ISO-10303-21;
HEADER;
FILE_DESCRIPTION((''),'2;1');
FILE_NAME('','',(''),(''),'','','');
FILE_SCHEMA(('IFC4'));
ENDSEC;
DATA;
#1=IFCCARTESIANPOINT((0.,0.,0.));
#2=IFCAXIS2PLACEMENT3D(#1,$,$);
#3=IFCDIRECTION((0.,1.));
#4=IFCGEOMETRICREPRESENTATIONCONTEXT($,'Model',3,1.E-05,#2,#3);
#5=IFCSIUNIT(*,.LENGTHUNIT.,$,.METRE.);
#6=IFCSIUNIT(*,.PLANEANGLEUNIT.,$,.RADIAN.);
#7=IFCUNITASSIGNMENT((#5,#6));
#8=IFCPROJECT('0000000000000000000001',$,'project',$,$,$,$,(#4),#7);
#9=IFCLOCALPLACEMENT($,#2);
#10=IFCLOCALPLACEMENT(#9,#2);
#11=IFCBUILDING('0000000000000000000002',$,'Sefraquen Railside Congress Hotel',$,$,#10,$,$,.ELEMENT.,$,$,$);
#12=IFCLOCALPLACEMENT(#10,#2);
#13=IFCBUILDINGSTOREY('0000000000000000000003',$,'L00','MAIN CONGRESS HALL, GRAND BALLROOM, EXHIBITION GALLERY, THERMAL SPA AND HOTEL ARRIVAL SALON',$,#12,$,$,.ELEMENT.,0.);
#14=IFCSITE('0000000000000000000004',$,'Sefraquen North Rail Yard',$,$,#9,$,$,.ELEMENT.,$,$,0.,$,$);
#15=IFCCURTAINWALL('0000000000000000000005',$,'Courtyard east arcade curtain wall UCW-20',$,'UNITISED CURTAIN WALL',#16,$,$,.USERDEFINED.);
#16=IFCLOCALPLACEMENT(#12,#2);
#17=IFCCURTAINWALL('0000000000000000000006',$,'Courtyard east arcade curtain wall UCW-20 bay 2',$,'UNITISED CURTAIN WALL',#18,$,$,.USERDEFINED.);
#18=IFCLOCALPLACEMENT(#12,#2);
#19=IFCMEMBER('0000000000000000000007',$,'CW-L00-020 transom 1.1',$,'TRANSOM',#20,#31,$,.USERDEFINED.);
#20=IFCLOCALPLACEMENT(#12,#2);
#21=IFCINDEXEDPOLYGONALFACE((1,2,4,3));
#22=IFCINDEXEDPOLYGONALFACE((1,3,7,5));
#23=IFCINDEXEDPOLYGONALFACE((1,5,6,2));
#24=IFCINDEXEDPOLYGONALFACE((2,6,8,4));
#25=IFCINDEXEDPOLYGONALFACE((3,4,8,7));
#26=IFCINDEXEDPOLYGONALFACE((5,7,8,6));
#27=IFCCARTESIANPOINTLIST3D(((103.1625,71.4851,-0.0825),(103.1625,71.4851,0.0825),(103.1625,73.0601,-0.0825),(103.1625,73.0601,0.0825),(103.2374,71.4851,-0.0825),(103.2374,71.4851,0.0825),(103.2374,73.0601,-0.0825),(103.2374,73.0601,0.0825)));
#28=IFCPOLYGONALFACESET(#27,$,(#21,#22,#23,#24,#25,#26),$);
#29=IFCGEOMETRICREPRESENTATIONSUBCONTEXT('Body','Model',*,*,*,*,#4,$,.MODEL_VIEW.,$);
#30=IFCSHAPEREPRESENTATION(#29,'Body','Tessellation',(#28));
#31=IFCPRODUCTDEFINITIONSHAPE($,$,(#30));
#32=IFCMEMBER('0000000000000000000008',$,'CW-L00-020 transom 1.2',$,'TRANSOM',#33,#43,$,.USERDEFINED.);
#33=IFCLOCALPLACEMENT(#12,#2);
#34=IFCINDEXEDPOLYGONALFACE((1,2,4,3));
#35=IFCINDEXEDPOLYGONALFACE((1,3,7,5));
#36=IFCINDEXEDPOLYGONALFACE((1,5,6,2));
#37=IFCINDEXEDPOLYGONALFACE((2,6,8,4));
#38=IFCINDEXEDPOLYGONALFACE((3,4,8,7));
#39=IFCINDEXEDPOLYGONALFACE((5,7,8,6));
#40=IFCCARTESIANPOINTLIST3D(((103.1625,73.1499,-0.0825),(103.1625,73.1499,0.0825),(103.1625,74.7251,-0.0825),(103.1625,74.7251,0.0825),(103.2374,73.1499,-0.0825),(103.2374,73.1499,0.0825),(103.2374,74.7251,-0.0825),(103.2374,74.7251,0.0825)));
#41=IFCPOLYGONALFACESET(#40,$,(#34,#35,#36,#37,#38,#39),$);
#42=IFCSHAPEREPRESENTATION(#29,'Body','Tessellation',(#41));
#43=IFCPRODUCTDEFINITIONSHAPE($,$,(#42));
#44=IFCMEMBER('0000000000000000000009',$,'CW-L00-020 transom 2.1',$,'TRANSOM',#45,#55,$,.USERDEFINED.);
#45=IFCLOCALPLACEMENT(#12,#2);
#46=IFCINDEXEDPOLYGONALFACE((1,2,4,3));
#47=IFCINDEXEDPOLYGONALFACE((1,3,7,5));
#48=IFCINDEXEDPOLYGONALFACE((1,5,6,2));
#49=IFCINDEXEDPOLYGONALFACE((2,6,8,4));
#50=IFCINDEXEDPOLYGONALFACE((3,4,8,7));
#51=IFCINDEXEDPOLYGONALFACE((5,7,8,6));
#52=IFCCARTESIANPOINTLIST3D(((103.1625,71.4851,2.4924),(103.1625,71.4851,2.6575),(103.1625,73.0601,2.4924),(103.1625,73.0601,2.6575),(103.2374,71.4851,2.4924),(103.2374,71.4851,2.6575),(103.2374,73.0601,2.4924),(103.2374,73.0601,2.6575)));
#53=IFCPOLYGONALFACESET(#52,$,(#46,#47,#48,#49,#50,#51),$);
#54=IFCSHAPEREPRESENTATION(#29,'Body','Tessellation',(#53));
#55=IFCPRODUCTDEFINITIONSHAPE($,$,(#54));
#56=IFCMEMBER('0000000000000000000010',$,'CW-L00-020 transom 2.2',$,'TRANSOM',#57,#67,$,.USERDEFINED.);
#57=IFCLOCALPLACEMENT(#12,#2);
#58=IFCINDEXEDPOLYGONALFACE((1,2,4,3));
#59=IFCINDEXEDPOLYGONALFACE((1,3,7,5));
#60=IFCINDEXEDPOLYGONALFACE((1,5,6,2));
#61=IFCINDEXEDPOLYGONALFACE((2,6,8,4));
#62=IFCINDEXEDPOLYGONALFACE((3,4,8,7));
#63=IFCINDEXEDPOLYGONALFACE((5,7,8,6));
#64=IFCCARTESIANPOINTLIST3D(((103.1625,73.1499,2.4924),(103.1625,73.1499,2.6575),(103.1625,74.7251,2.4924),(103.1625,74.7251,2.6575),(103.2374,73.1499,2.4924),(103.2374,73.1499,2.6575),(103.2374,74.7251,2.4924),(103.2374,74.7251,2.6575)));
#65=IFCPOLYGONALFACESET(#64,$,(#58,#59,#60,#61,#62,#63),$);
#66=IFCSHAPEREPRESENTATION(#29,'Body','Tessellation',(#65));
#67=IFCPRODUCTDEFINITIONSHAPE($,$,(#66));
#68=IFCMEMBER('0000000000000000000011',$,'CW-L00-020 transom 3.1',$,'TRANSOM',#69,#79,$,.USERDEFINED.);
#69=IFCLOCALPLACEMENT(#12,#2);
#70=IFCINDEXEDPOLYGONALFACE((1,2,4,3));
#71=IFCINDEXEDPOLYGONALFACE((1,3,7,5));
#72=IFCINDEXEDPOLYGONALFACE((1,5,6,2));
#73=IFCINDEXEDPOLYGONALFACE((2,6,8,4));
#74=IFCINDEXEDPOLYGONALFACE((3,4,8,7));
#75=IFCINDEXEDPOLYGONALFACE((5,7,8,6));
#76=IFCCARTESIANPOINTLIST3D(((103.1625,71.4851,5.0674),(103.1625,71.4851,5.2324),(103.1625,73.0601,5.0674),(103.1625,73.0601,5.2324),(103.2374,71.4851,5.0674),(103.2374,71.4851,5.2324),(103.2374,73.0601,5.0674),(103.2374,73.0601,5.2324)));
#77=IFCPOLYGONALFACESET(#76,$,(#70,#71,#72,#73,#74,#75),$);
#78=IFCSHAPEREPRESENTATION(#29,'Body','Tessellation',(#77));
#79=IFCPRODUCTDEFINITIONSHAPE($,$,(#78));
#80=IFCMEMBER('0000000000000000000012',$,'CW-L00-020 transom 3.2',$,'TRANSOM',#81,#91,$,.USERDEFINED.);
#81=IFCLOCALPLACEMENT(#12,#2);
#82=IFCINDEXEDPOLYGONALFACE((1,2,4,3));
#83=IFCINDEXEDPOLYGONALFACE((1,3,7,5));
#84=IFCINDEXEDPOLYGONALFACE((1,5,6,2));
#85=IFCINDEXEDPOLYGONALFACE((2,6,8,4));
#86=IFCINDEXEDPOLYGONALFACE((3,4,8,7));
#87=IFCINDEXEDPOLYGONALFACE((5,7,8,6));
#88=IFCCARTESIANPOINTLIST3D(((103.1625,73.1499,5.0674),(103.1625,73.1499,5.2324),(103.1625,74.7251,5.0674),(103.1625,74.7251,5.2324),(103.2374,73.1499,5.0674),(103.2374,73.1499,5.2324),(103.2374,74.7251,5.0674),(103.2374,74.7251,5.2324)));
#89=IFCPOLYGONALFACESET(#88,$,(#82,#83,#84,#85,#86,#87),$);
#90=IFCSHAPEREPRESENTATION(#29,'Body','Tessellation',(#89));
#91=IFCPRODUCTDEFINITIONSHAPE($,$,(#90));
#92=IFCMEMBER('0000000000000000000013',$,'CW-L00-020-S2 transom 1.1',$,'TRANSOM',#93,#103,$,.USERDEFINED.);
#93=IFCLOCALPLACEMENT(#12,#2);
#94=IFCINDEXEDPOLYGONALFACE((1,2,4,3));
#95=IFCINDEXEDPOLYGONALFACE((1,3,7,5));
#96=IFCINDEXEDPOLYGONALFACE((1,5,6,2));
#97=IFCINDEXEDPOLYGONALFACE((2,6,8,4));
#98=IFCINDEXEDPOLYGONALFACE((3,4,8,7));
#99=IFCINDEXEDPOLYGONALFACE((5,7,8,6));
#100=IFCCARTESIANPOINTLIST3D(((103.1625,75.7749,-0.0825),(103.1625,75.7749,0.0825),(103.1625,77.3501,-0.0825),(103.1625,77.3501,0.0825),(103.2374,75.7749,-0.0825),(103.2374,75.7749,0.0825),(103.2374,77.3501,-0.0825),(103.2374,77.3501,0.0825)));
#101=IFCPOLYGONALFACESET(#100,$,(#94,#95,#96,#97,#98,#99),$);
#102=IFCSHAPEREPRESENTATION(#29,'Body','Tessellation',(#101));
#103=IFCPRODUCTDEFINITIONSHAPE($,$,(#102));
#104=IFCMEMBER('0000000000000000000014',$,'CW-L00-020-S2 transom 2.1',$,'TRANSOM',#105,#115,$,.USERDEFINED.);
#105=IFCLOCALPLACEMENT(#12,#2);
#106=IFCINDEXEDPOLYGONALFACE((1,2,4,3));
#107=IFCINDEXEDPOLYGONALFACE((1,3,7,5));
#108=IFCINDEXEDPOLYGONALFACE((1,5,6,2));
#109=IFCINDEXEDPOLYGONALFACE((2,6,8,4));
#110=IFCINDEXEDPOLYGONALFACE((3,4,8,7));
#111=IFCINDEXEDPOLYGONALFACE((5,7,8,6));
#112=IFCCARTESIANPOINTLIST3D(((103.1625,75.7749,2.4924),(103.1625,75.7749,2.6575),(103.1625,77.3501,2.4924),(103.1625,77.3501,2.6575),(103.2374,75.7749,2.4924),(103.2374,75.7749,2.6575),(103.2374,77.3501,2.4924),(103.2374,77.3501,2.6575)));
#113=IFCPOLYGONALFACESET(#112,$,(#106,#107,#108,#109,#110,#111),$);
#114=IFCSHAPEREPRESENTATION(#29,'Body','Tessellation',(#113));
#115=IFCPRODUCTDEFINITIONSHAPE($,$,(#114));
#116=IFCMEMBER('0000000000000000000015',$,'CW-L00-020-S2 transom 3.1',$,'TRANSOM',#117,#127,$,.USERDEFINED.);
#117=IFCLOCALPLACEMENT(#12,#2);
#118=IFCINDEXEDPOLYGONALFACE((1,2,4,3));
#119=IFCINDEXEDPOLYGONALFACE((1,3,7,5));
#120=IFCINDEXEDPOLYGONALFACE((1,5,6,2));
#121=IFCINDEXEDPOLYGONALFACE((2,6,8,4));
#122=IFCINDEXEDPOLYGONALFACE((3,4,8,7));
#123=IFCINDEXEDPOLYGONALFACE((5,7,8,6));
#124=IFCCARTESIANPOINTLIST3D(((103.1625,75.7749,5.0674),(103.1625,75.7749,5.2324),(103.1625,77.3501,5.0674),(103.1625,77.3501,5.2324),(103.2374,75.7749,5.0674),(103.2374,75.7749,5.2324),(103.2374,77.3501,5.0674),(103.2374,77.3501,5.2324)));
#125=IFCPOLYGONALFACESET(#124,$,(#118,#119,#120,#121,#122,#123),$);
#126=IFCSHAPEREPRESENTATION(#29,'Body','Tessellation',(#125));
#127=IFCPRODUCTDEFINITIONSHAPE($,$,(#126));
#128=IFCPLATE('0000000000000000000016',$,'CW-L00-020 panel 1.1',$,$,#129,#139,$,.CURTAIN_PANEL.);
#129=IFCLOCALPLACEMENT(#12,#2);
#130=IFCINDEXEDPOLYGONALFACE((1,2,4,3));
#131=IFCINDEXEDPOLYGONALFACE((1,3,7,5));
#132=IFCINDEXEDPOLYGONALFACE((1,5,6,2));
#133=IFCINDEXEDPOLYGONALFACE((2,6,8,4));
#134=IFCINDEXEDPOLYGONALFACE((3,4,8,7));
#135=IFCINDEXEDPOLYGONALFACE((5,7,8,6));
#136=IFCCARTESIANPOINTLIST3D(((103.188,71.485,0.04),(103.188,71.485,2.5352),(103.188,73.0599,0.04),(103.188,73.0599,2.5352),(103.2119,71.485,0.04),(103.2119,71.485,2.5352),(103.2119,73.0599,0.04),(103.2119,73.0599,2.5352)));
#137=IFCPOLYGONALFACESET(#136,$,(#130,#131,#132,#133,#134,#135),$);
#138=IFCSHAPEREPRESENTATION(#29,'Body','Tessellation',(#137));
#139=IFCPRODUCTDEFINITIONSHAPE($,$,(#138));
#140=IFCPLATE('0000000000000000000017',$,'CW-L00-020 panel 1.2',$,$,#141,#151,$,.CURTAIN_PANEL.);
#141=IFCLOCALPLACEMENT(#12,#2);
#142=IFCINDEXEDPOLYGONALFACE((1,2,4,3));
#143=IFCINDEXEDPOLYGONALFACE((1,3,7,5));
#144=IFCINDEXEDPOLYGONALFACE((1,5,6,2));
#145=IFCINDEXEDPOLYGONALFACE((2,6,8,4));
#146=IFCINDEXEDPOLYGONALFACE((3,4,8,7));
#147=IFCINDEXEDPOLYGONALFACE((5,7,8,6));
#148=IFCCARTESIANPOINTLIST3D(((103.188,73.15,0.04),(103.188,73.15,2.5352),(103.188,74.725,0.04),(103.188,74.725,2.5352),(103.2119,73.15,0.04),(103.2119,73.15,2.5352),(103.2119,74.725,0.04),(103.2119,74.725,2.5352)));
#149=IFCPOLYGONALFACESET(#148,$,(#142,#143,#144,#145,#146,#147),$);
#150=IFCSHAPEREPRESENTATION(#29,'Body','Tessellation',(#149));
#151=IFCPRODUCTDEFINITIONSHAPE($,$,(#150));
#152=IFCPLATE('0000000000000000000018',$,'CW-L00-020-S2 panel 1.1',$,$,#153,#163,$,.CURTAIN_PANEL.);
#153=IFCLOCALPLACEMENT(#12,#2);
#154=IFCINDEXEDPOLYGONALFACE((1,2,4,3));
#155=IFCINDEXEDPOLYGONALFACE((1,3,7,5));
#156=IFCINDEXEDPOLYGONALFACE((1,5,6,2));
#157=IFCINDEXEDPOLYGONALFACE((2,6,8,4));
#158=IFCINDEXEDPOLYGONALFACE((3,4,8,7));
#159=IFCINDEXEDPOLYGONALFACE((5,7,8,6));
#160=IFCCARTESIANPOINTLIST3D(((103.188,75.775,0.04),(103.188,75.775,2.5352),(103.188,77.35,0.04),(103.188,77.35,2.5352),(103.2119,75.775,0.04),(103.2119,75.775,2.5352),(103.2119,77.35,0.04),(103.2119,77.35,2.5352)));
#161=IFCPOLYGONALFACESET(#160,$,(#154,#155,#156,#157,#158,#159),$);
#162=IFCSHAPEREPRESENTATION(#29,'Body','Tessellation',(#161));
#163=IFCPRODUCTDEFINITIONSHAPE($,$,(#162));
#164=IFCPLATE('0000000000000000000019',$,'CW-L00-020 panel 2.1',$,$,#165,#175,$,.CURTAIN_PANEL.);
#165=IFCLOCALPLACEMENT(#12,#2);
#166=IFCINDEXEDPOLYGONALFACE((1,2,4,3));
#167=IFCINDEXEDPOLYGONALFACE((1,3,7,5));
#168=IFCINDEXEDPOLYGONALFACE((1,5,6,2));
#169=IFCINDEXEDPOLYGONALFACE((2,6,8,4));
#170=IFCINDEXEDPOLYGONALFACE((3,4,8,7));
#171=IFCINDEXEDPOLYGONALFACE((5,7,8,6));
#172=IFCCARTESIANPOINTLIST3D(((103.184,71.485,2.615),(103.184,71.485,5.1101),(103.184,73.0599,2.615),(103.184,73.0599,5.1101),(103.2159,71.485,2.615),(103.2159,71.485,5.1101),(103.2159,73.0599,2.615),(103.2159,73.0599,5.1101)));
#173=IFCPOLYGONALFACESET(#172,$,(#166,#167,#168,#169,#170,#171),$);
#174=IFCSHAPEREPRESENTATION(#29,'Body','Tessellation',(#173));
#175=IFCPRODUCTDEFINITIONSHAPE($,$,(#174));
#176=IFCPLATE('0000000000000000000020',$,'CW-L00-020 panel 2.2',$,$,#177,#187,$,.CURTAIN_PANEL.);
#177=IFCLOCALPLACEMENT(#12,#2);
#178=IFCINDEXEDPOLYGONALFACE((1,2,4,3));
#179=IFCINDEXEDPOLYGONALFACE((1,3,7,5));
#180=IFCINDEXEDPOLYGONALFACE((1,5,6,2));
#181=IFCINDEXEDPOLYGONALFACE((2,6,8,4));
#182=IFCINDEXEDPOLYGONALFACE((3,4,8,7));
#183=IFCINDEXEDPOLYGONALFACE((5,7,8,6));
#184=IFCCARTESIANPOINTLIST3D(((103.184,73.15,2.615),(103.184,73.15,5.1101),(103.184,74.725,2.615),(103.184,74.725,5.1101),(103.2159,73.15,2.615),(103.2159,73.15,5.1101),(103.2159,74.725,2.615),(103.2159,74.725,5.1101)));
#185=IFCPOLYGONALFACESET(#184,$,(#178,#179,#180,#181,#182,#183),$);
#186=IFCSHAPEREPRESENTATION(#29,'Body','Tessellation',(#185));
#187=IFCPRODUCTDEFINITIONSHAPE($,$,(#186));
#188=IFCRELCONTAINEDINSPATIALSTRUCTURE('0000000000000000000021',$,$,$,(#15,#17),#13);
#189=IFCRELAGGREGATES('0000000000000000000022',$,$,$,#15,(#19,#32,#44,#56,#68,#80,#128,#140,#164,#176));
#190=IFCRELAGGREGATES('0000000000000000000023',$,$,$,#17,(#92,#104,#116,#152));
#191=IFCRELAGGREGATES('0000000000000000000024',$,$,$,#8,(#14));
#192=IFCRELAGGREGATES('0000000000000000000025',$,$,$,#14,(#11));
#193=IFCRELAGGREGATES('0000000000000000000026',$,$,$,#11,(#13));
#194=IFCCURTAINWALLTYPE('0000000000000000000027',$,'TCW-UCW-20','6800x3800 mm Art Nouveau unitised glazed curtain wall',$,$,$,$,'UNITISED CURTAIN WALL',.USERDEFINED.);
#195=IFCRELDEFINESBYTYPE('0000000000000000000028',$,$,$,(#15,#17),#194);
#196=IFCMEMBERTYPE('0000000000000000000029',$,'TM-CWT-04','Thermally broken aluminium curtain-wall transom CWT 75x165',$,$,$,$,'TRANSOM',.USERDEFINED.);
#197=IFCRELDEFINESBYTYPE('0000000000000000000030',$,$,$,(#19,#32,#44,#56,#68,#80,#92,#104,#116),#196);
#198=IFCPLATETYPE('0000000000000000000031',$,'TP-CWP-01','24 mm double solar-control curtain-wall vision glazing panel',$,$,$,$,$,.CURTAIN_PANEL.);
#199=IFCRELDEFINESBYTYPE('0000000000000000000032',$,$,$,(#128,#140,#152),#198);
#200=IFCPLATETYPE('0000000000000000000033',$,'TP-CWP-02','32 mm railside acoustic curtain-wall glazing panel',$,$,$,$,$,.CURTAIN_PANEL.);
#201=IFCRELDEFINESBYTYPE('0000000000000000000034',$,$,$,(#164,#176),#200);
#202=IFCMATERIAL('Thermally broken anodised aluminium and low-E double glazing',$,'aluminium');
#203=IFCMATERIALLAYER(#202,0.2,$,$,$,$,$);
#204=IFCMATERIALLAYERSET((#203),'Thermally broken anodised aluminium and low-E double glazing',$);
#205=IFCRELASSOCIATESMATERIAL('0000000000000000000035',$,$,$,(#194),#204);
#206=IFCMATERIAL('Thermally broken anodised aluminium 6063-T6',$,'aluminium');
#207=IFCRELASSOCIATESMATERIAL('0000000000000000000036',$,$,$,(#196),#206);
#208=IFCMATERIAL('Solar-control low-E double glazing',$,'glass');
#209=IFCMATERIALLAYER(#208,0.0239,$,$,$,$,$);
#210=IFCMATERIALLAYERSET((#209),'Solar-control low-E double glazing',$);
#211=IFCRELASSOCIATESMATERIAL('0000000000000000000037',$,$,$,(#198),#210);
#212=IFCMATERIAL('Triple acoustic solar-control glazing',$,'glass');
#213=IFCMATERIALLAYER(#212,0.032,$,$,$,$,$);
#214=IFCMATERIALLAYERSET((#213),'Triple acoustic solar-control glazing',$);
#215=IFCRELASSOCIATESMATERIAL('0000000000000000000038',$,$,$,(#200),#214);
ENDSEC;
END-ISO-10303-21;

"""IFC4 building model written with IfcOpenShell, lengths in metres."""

from ifc_helpers import new_model, si_unit, direction, frame, origin, origin_2d, place, context, subcontext, project, spatial, rectangle, extrude, material, layer, layer_set, material_profile, profile_set, type_object, element, aggregate, save


model = new_model("IFC4")

# Units and contexts
model_context = context("Model", 3, precision=1e-05, world=origin(), true_north=direction((0.0, 1.0)))
body_context = subcontext(model_context, "Body", "Model", "MODEL_VIEW")
ifc_project = project(units=[si_unit("LENGTHUNIT", "METRE"), si_unit("PLANEANGLEUNIT", "RADIAN")], contexts=[model_context])

# Site, building, storey
site_placement = place(None, origin())
site = spatial("IfcSite", under=ifc_project, at=site_placement, Name="Sefraquen North Rail Yard", CompositionType="ELEMENT", RefElevation=0.0)
building_placement = place(site_placement, origin())
building = spatial("IfcBuilding", under=site, at=building_placement, Name="Sefraquen Railside Congress Hotel", CompositionType="ELEMENT")
storey_placement = place(building_placement, origin())
storey = spatial("IfcBuildingStorey", under=building, at=storey_placement, Name="L00", Description="MAIN CONGRESS HALL, GRAND BALLROOM, EXHIBITION GALLERY, THERMAL SPA AND HOTEL ARRIVAL SALON", CompositionType="ELEMENT", Elevation=0.0)

# Curtain wall
ifc_material_1 = material(Name="Thermally broken anodised aluminium and low-E double glazing", Category="aluminium")
ifc_layer_1 = layer(ifc_material_1, 0.2)
ifc_layer_set_1 = layer_set([ifc_layer_1], Name="Thermally broken anodised aluminium and low-E double glazing")
curtain_wall_type = type_object("IfcCurtainWallType", Name="TCW-UCW-20", Description="6800x3800 mm Art Nouveau unitised glazed curtain wall", ElementType="UNITISED CURTAIN WALL", PredefinedType="USERDEFINED", material=ifc_layer_set_1)
curtain_wall_1_placement = place(storey_placement, origin())
curtain_wall_1 = element("IfcCurtainWall", 1, at=curtain_wall_1_placement, inside=storey, type_object=curtain_wall_type, Name="Courtyard east arcade curtain wall UCW-20", ObjectType="UNITISED CURTAIN WALL", PredefinedType="USERDEFINED")
ifc_material_2 = material(Name="Thermally broken anodised aluminium 6063-T6", Category="aluminium")

# Curtain wall
curtain_wall_2_placement = place(storey_placement, origin())
curtain_wall_2 = element("IfcCurtainWall", 2, at=curtain_wall_2_placement, inside=storey, type_object=curtain_wall_type, Name="Courtyard east arcade curtain wall UCW-20 bay 2", ObjectType="UNITISED CURTAIN WALL", PredefinedType="USERDEFINED")

# Members
ifc_material_profile_1 = material_profile(ifc_material_2, rectangle(XDim=0.075, YDim=0.165, at=origin_2d()), Name="CWT 75x165")
ifc_profile_set_1 = profile_set([ifc_material_profile_1], Name="Thermally broken anodised aluminium 6063-T6")
member_type_1 = type_object("IfcMemberType", Name="TM-CWT-04", Description="Thermally broken aluminium curtain-wall transom CWT 75x165", ElementType="TRANSOM", PredefinedType="USERDEFINED", material=ifc_profile_set_1)
member_1_placement = place(storey_placement, frame((103.2, 71.4851, 0.0), z_axis=(0.0, 1.0, 0.0), x_axis=(-1.0, 0.0, 0.0)))
member_1 = element("IfcMember", 3, at=member_1_placement, type_object=member_type_1, Name="CW-L00-020 transom 1.1", ObjectType="TRANSOM", PredefinedType="USERDEFINED", context=body_context, shape_type="SweptSolid", body=[
    extrude(rectangle(XDim=0.075, YDim=0.165, at=origin_2d()), origin(), (0.0, 0.0, 1.0), 1.575),
])
member_2_placement = place(storey_placement, frame((103.2, 73.1499, 0.0), z_axis=(0.0, 1.0, 0.0), x_axis=(-1.0, 0.0, 0.0)))
member_2 = element("IfcMember", 4, at=member_2_placement, type_object=member_type_1, Name="CW-L00-020 transom 1.2", ObjectType="TRANSOM", PredefinedType="USERDEFINED", context=body_context, shape_type="SweptSolid", body=[
    extrude(rectangle(XDim=0.075, YDim=0.165, at=origin_2d()), origin(), (0.0, 0.0, 1.0), 1.5752),
])
member_3_placement = place(storey_placement, frame((103.2, 71.4851, 2.575), z_axis=(0.0, 1.0, 0.0), x_axis=(-1.0, 0.0, 0.0)))
member_3 = element("IfcMember", 5, at=member_3_placement, type_object=member_type_1, Name="CW-L00-020 transom 2.1", ObjectType="TRANSOM", PredefinedType="USERDEFINED", context=body_context, shape_type="SweptSolid", body=[
    extrude(rectangle(XDim=0.075, YDim=0.165, at=origin_2d()), origin(), (0.0, 0.0, 1.0), 1.575),
])
member_4_placement = place(storey_placement, frame((103.2, 73.1499, 2.575), z_axis=(0.0, 1.0, 0.0), x_axis=(-1.0, 0.0, 0.0)))
member_4 = element("IfcMember", 6, at=member_4_placement, type_object=member_type_1, Name="CW-L00-020 transom 2.2", ObjectType="TRANSOM", PredefinedType="USERDEFINED", context=body_context, shape_type="SweptSolid", body=[
    extrude(rectangle(XDim=0.075, YDim=0.165, at=origin_2d()), origin(), (0.0, 0.0, 1.0), 1.5752),
])
member_5_placement = place(storey_placement, frame((103.2, 71.4851, 5.1499), z_axis=(0.0, 1.0, 0.0), x_axis=(-1.0, 0.0, 0.0)))
member_5 = element("IfcMember", 7, at=member_5_placement, type_object=member_type_1, Name="CW-L00-020 transom 3.1", ObjectType="TRANSOM", PredefinedType="USERDEFINED", context=body_context, shape_type="SweptSolid", body=[
    extrude(rectangle(XDim=0.075, YDim=0.165, at=origin_2d()), origin(), (0.0, 0.0, 1.0), 1.575),
])
member_6_placement = place(storey_placement, frame((103.2, 73.1499, 5.1499), z_axis=(0.0, 1.0, 0.0), x_axis=(-1.0, 0.0, 0.0)))
member_6 = element("IfcMember", 8, at=member_6_placement, type_object=member_type_1, Name="CW-L00-020 transom 3.2", ObjectType="TRANSOM", PredefinedType="USERDEFINED", context=body_context, shape_type="SweptSolid", body=[
    extrude(rectangle(XDim=0.075, YDim=0.165, at=origin_2d()), origin(), (0.0, 0.0, 1.0), 1.5752),
])
member_7_placement = place(storey_placement, frame((103.2, 75.7749, 0.0), z_axis=(0.0, 1.0, 0.0), x_axis=(-1.0, 0.0, 0.0)))
member_7 = element("IfcMember", 9, at=member_7_placement, type_object=member_type_1, Name="CW-L00-020-S2 transom 1.1", ObjectType="TRANSOM", PredefinedType="USERDEFINED", context=body_context, shape_type="SweptSolid", body=[
    extrude(rectangle(XDim=0.075, YDim=0.165, at=origin_2d()), origin(), (0.0, 0.0, 1.0), 1.5752),
])
member_8_placement = place(storey_placement, frame((103.2, 75.7749, 2.575), z_axis=(0.0, 1.0, 0.0), x_axis=(-1.0, 0.0, 0.0)))
member_8 = element("IfcMember", 10, at=member_8_placement, type_object=member_type_1, Name="CW-L00-020-S2 transom 2.1", ObjectType="TRANSOM", PredefinedType="USERDEFINED", context=body_context, shape_type="SweptSolid", body=[
    extrude(rectangle(XDim=0.075, YDim=0.165, at=origin_2d()), origin(), (0.0, 0.0, 1.0), 1.5752),
])
member_9_placement = place(storey_placement, frame((103.2, 75.7749, 5.1499), z_axis=(0.0, 1.0, 0.0), x_axis=(-1.0, 0.0, 0.0)))
member_9 = element("IfcMember", 11, at=member_9_placement, type_object=member_type_1, Name="CW-L00-020-S2 transom 3.1", ObjectType="TRANSOM", PredefinedType="USERDEFINED", context=body_context, shape_type="SweptSolid", body=[
    extrude(rectangle(XDim=0.075, YDim=0.165, at=origin_2d()), origin(), (0.0, 0.0, 1.0), 1.5752),
])

# Plates
ifc_material_3 = material(Name="Solar-control low-E double glazing", Category="glass")
ifc_layer_2 = layer(ifc_material_3, 0.0239)
ifc_layer_set_2 = layer_set([ifc_layer_2], Name="Solar-control low-E double glazing")
plate_type_1 = type_object("IfcPlateType", Name="TP-CWP-01", Description="24 mm double solar-control curtain-wall vision glazing panel", PredefinedType="CURTAIN_PANEL", material=ifc_layer_set_2)
plate_1_placement = place(storey_placement, frame((103.2, 72.2725, 0.04), z_axis=(0.0, 0.0, 1.0), x_axis=(0.0, 1.0, 0.0)))
plate_1 = element("IfcPlate", 12, at=plate_1_placement, type_object=plate_type_1, Name="CW-L00-020 panel 1.1", PredefinedType="CURTAIN_PANEL", context=body_context, shape_type="SweptSolid", body=[
    extrude(rectangle(XDim=1.575, YDim=0.0239, at=origin_2d()), origin(), (0.0, 0.0, 1.0), 2.4951),
])
plate_2_placement = place(storey_placement, frame((103.2, 73.9375, 0.04), z_axis=(0.0, 0.0, 1.0), x_axis=(0.0, 1.0, 0.0)))
plate_2 = element("IfcPlate", 13, at=plate_2_placement, type_object=plate_type_1, Name="CW-L00-020 panel 1.2", PredefinedType="CURTAIN_PANEL", context=body_context, shape_type="SweptSolid", body=[
    extrude(rectangle(XDim=1.575, YDim=0.0239, at=origin_2d()), origin(), (0.0, 0.0, 1.0), 2.4951),
])
plate_3_placement = place(storey_placement, frame((103.2, 76.5625, 0.04), z_axis=(0.0, 0.0, 1.0), x_axis=(0.0, 1.0, 0.0)))
plate_3 = element("IfcPlate", 14, at=plate_3_placement, type_object=plate_type_1, Name="CW-L00-020-S2 panel 1.1", PredefinedType="CURTAIN_PANEL", context=body_context, shape_type="SweptSolid", body=[
    extrude(rectangle(XDim=1.575, YDim=0.0239, at=origin_2d()), origin(), (0.0, 0.0, 1.0), 2.4951),
])
ifc_material_4 = material(Name="Triple acoustic solar-control glazing", Category="glass")
ifc_layer_3 = layer(ifc_material_4, 0.032)
ifc_layer_set_3 = layer_set([ifc_layer_3], Name="Triple acoustic solar-control glazing")
plate_type_2 = type_object("IfcPlateType", Name="TP-CWP-02", Description="32 mm railside acoustic curtain-wall glazing panel", PredefinedType="CURTAIN_PANEL", material=ifc_layer_set_3)
plate_4_placement = place(storey_placement, frame((103.2, 72.2725, 2.615), z_axis=(0.0, 0.0, 1.0), x_axis=(0.0, 1.0, 0.0)))
plate_4 = element("IfcPlate", 15, at=plate_4_placement, type_object=plate_type_2, Name="CW-L00-020 panel 2.1", PredefinedType="CURTAIN_PANEL", context=body_context, shape_type="SweptSolid", body=[
    extrude(rectangle(XDim=1.575, YDim=0.032, at=origin_2d()), origin(), (0.0, 0.0, 1.0), 2.4951),
])
plate_5_placement = place(storey_placement, frame((103.2, 73.9375, 2.615), z_axis=(0.0, 0.0, 1.0), x_axis=(0.0, 1.0, 0.0)))
plate_5 = element("IfcPlate", 16, at=plate_5_placement, type_object=plate_type_2, Name="CW-L00-020 panel 2.2", PredefinedType="CURTAIN_PANEL", context=body_context, shape_type="SweptSolid", body=[
    extrude(rectangle(XDim=1.575, YDim=0.032, at=origin_2d()), origin(), (0.0, 0.0, 1.0), 2.4951),
])
aggregate(curtain_wall_1, [member_1, member_2, member_3, member_4, member_5, member_6, plate_1, plate_2, plate_4, plate_5])
aggregate(curtain_wall_2, [member_7, member_8, member_9, plate_3])

save(model, "model.ifc")
